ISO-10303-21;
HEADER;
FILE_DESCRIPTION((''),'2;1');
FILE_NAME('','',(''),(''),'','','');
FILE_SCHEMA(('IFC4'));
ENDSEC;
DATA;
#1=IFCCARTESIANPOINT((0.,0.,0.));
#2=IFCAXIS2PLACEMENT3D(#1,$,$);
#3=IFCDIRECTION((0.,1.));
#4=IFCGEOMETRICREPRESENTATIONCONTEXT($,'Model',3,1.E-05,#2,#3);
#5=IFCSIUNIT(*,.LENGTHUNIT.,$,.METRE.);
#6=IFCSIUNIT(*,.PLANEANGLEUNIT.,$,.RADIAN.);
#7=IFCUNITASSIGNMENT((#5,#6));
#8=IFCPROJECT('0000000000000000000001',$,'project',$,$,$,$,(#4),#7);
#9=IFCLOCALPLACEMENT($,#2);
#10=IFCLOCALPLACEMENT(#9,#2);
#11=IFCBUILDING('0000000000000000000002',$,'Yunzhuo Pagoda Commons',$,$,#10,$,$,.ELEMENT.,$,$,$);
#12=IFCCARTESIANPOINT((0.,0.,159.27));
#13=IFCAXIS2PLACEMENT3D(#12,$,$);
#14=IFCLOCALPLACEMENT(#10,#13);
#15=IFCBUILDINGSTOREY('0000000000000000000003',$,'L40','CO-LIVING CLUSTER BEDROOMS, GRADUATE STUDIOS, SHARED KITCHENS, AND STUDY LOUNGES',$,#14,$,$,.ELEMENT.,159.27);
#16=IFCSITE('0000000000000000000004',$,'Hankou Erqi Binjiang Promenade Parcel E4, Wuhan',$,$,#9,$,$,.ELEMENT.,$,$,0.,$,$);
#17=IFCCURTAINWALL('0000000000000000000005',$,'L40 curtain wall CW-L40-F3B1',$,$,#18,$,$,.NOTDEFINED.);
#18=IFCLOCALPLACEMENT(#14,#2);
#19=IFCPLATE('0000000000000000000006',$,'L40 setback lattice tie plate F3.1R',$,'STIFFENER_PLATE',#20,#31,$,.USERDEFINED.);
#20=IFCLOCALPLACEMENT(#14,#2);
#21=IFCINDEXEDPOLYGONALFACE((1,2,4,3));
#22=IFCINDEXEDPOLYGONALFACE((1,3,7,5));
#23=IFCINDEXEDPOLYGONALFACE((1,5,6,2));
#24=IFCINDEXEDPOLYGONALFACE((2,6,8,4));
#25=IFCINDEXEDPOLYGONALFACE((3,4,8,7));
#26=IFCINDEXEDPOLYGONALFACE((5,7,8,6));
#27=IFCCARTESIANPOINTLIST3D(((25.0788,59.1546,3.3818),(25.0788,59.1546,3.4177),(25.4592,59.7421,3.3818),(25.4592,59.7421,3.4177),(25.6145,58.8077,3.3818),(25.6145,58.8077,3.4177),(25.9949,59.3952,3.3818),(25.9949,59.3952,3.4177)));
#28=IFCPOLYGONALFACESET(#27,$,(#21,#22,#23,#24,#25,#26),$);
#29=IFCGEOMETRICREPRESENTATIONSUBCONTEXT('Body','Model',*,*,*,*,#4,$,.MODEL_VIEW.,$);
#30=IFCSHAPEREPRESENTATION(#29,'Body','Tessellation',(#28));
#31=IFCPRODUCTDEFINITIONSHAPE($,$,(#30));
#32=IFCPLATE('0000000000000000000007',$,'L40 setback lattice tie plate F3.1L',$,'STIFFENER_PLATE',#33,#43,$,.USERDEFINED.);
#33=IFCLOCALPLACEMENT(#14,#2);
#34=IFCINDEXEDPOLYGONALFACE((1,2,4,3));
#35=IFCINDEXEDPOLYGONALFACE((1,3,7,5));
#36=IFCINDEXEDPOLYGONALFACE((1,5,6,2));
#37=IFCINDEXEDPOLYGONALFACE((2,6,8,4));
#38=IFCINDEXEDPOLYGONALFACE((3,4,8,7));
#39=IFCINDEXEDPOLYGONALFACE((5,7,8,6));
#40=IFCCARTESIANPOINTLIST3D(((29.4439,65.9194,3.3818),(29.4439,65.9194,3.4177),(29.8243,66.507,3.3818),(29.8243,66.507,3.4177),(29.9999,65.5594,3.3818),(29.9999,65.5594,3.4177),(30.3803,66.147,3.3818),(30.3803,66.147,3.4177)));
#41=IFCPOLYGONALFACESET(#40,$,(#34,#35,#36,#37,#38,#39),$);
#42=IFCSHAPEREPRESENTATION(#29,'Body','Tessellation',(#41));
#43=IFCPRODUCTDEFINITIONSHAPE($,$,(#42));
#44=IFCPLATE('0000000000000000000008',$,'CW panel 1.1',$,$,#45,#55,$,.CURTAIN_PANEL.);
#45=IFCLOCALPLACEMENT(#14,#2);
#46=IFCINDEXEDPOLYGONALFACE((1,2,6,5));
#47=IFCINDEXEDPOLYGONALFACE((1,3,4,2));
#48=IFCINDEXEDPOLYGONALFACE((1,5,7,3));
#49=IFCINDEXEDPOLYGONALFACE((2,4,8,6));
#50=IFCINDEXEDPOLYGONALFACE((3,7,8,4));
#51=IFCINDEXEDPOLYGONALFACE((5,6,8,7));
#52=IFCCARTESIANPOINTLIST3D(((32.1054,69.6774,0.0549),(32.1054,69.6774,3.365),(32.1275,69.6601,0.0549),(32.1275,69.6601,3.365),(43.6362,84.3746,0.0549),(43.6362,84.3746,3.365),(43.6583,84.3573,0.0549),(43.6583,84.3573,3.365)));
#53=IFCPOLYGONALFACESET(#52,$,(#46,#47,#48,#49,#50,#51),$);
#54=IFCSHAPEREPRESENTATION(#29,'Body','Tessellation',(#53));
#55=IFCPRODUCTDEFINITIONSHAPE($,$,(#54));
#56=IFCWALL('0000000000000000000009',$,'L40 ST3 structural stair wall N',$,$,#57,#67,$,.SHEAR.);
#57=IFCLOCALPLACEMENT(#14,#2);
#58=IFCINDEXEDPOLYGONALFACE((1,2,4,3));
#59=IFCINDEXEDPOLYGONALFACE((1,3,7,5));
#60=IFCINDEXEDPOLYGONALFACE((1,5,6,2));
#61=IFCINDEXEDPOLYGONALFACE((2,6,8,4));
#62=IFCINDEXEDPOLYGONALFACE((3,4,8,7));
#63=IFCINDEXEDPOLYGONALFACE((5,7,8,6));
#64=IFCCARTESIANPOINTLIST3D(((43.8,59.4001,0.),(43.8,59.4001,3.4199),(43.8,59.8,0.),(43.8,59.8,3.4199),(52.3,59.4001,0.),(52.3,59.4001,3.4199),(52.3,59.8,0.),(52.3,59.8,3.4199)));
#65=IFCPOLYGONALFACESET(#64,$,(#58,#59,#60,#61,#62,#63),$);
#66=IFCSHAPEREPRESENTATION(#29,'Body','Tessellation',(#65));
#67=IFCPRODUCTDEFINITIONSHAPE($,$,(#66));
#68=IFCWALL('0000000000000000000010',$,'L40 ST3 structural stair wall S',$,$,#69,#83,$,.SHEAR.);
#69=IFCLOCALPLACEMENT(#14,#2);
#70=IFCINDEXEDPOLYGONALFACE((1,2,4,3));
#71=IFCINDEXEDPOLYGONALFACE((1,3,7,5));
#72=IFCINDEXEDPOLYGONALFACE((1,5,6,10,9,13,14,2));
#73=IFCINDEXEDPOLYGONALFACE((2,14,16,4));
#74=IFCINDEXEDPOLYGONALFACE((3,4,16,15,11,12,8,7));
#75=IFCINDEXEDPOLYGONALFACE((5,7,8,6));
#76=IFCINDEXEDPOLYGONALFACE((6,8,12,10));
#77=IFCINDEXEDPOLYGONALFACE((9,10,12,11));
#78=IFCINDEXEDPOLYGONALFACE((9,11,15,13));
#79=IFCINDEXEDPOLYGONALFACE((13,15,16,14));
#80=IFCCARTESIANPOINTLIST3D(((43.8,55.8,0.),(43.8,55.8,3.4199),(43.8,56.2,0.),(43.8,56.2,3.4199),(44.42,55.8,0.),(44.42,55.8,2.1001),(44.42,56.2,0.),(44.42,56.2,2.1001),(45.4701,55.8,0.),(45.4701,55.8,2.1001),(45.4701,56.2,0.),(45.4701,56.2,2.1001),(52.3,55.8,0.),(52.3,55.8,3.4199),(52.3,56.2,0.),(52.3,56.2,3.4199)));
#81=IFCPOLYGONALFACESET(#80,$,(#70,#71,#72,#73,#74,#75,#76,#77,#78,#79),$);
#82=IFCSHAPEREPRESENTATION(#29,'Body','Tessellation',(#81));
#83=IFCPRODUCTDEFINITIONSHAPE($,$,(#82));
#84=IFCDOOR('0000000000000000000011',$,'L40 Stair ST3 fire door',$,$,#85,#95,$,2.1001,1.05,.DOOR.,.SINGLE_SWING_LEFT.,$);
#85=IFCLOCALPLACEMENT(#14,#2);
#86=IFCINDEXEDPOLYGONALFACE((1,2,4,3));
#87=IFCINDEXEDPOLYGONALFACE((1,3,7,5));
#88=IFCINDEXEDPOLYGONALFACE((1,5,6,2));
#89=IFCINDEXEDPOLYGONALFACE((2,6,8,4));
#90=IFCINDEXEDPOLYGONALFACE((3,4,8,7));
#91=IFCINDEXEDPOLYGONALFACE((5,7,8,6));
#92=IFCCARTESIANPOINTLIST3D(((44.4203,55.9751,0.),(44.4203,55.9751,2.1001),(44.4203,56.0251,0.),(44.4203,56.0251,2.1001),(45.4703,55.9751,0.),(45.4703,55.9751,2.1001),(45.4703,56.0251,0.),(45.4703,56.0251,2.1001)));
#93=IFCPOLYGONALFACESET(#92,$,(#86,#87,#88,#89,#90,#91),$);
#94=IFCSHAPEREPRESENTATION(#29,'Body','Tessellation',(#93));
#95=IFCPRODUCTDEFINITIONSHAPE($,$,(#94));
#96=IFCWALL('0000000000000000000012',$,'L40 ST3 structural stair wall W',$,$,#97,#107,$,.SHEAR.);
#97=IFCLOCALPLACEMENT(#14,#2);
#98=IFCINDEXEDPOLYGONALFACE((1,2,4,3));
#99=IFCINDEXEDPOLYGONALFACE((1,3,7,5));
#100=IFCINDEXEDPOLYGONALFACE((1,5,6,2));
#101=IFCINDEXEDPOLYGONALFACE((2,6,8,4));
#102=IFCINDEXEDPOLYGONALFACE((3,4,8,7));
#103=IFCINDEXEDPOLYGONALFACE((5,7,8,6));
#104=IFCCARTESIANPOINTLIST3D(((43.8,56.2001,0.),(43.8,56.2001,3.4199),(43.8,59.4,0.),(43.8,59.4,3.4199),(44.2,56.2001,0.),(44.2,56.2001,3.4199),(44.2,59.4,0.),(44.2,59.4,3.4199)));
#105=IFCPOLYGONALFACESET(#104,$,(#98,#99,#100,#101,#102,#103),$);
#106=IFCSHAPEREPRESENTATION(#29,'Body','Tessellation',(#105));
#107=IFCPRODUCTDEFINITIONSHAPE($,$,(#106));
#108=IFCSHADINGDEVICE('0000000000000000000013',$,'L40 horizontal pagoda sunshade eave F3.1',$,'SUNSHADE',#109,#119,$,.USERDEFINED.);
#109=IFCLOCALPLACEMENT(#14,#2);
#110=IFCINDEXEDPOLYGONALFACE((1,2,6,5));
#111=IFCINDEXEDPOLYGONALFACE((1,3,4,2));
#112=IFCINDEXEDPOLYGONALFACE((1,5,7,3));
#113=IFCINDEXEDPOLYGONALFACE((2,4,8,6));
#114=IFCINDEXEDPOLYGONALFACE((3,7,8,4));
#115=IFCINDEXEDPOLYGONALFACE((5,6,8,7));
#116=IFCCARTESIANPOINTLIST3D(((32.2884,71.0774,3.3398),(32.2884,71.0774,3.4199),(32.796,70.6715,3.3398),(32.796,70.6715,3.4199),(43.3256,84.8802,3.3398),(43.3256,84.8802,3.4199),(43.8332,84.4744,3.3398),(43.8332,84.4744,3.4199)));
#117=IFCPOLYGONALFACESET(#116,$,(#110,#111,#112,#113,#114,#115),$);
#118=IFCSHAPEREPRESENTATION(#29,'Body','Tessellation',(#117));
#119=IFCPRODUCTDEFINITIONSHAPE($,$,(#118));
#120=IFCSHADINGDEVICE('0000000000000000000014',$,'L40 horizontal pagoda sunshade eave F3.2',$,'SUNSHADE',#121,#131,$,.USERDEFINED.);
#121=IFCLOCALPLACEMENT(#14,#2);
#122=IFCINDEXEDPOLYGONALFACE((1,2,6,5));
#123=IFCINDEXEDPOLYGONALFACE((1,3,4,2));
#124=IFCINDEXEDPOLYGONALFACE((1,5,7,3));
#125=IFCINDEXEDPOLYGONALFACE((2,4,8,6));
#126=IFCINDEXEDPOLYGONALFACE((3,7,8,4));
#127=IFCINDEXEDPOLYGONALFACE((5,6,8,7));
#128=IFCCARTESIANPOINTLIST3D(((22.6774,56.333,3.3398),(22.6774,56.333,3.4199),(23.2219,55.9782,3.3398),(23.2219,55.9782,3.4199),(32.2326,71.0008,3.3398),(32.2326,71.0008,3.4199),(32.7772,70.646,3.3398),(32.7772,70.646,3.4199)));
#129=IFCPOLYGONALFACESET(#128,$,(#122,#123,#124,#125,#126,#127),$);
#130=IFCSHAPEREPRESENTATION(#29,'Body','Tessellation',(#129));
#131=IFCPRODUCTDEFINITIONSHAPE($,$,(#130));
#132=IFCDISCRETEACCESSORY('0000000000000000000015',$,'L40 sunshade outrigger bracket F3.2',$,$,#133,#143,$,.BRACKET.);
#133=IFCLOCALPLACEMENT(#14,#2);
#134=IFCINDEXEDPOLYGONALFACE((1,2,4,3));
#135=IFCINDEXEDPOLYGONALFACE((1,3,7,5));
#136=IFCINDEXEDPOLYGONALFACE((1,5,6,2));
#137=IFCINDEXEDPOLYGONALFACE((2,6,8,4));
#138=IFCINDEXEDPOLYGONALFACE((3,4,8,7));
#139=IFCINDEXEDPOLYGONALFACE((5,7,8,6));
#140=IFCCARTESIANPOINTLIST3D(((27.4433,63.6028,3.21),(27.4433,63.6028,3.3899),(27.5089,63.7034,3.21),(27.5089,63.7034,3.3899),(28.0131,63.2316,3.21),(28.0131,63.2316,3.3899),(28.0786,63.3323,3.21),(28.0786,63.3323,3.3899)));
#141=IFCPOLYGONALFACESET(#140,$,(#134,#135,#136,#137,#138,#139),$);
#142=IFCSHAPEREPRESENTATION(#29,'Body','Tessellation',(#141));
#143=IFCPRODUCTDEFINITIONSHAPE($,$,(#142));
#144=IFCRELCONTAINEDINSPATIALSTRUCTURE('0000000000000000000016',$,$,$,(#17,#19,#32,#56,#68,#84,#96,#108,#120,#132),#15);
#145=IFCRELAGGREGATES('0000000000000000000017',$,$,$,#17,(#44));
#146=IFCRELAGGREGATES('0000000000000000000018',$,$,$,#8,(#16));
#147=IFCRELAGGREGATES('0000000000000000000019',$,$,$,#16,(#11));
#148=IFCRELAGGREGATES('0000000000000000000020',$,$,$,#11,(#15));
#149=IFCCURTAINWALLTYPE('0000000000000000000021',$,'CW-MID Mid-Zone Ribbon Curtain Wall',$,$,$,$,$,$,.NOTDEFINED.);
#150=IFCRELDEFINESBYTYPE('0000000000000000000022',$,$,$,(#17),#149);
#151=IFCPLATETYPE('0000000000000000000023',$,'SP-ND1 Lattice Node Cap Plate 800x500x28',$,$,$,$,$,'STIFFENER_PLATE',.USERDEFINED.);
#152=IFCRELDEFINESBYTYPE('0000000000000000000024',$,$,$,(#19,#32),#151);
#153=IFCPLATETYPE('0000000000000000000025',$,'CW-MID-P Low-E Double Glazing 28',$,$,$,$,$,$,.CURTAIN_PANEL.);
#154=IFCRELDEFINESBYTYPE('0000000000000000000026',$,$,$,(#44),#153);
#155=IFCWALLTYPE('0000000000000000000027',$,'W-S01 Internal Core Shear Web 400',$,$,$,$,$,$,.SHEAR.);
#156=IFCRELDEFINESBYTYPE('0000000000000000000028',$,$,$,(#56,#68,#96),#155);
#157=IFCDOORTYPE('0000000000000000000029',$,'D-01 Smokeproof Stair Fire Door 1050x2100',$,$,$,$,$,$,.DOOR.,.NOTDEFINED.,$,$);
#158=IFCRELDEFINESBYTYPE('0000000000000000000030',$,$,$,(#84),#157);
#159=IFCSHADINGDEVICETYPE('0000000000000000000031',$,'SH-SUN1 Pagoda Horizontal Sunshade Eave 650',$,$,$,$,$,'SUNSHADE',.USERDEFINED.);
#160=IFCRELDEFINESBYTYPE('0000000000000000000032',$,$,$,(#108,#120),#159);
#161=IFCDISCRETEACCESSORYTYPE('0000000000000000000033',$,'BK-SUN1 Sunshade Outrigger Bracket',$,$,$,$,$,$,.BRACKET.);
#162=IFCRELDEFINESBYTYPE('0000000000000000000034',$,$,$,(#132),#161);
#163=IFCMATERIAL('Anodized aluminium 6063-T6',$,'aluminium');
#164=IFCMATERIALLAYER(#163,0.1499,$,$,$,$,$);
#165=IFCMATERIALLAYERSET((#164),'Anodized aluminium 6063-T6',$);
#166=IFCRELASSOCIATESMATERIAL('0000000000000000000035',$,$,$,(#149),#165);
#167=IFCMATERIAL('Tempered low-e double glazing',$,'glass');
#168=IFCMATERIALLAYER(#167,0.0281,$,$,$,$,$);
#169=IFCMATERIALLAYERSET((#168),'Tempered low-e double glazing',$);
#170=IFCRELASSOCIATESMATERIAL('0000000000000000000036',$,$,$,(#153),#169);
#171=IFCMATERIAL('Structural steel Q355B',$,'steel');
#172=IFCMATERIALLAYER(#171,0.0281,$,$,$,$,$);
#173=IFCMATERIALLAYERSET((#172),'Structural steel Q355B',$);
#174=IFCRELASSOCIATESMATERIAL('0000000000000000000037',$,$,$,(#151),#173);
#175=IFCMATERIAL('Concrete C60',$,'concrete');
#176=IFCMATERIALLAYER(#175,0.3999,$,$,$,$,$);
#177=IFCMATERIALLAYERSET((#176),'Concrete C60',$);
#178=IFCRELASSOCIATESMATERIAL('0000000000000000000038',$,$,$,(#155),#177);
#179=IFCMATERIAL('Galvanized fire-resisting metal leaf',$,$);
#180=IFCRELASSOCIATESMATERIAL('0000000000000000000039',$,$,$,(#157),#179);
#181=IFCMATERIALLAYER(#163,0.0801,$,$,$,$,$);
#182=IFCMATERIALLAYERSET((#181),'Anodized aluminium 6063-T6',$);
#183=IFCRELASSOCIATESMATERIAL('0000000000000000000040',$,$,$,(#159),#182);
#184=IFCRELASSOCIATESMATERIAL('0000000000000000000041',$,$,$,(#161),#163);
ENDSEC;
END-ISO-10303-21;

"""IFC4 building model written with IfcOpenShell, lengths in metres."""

from ifc_helpers import new_model, si_unit, direction, frame, frame_2d, origin, origin_2d, place, context, subcontext, project, spatial, rectangle, extrude, source, transform, mapped, material, layer, layer_set, type_object, element, fill, aggregate, save


model = new_model("IFC4")

# Units and contexts
model_context = context("Model", 3, precision=1e-05, world=origin(), true_north=direction((0.0, 1.0)))
body_context = subcontext(model_context, "Body", "Model", "MODEL_VIEW")
ifc_project = project(units=[si_unit("LENGTHUNIT", "METRE"), si_unit("PLANEANGLEUNIT", "RADIAN")], contexts=[model_context])

# Site, building, storey
site_placement = place(None, origin())
site = spatial("IfcSite", under=ifc_project, at=site_placement, Name="Hankou Erqi Binjiang Promenade Parcel E4, Wuhan", CompositionType="ELEMENT", RefElevation=0.0)
building_placement = place(site_placement, origin())
building = spatial("IfcBuilding", under=site, at=building_placement, Name="Yunzhuo Pagoda Commons", CompositionType="ELEMENT")
storey_placement = place(building_placement, frame((0.0, 0.0, 159.27)))
storey = spatial("IfcBuildingStorey", under=building, at=storey_placement, Name="L40", Description="CO-LIVING CLUSTER BEDROOMS, GRADUATE STUDIOS, SHARED KITCHENS, AND STUDY LOUNGES", CompositionType="ELEMENT", Elevation=159.27)

# Shared definitions
ifc_material_1 = material(Name="Structural steel Q355B", Category="steel")

# Curtain wall
ifc_material_2 = material(Name="Anodized aluminium 6063-T6", Category="aluminium")
ifc_layer_1 = layer(ifc_material_2, 0.1499)
ifc_layer_set_1 = layer_set([ifc_layer_1], Name="Anodized aluminium 6063-T6")
curtain_wall_type = type_object("IfcCurtainWallType", Name="CW-MID Mid-Zone Ribbon Curtain Wall", PredefinedType="NOTDEFINED", material=ifc_layer_set_1)
curtain_wall_1_placement = place(storey_placement, origin())
curtain_wall_1 = element("IfcCurtainWall", 1, at=curtain_wall_1_placement, inside=storey, type_object=curtain_wall_type, Name="L40 curtain wall CW-L40-F3B1", PredefinedType="NOTDEFINED")

# Shared definitions
ifc_material_3 = material(Name="Tempered low-e double glazing", Category="glass")
ifc_layer_2 = layer(ifc_material_3, 0.0281)
ifc_layer_set_2 = layer_set([ifc_layer_2], Name="Tempered low-e double glazing")
plate_type_1 = type_object("IfcPlateType", Name="CW-MID-P Low-E Double Glazing 28", PredefinedType="CURTAIN_PANEL", material=ifc_layer_set_2)

# Plates
ifc_layer_3 = layer(ifc_material_1, 0.0281)
ifc_layer_set_3 = layer_set([ifc_layer_3], Name="Structural steel Q355B")
plate_type_2 = type_object("IfcPlateType", Name="SP-ND1 Lattice Node Cap Plate 800x500x28", ElementType="STIFFENER_PLATE", PredefinedType="USERDEFINED", material=ifc_layer_set_3)
shared_shape_1 = source(origin(), body_context, "Body", "SweptSolid", [
    extrude(rectangle(XDim=0.7, YDim=0.6382, at=origin_2d()), origin(), (0.0, 0.0, 1.0), 0.0359),
])
plate_1_placement = place(storey_placement, frame((25.5369, 59.2749, 3.3818), z_axis=(0.0, 0.0, 1.0), x_axis=(-0.543526, -0.839392, 0.0)))
element("IfcPlate", 2, at=plate_1_placement, inside=storey, type_object=plate_type_2, Name="L40 setback lattice tie plate F3.1R", ObjectType="STIFFENER_PLATE", PredefinedType="USERDEFINED", context=body_context, shape_type="MappedRepresentation", body=[
    mapped(shared_shape_1, transform((0.0, 0.0, 0.0), scale=1.0)),
])
shared_shape_2 = source(origin(), body_context, "Body", "SweptSolid", [
    extrude(rectangle(XDim=0.7, YDim=0.6624, at=origin_2d()), origin(), (0.0, 0.0, 1.0), 0.0359),
])
plate_2_placement = place(storey_placement, frame((29.9121, 66.0332, 3.3818), z_axis=(0.0, 0.0, 1.0), x_axis=(-0.543526, -0.839392, 0.0)))
element("IfcPlate", 3, at=plate_2_placement, inside=storey, type_object=plate_type_2, Name="L40 setback lattice tie plate F3.1L", ObjectType="STIFFENER_PLATE", PredefinedType="USERDEFINED", context=body_context, shape_type="MappedRepresentation", body=[
    mapped(shared_shape_2, transform((0.0, 0.0, 0.0), scale=1.0)),
])

# Plate
shared_shape_3 = source(origin(), body_context, "Body", "SweptSolid", [
    extrude(rectangle(XDim=18.6807, YDim=0.0281, at=origin_2d()), origin(), (0.0, 0.0, 1.0), 3.3101),
])
plate_3_placement = place(storey_placement, frame((37.8818, 77.0173, 0.0549), z_axis=(0.0, 0.0, 1.0), x_axis=(-0.61726, -0.786759, 0.0)))
plate_3 = element("IfcPlate", 4, at=plate_3_placement, type_object=plate_type_1, Name="CW panel 1.1", PredefinedType="CURTAIN_PANEL", context=body_context, shape_type="MappedRepresentation", body=[
    mapped(shared_shape_3, transform((0.0, 0.0, 0.0), scale=1.0)),
])
aggregate(curtain_wall_1, [plate_3])

# Wall
ifc_material_4 = material(Name="Concrete C60", Category="concrete")
ifc_layer_4 = layer(ifc_material_4, 0.3999)
ifc_layer_set_4 = layer_set([ifc_layer_4], Name="Concrete C60")
wall_type = type_object("IfcWallType", Name="W-S01 Internal Core Shear Web 400", PredefinedType="SHEAR", material=ifc_layer_set_4)
wall_1_placement = place(storey_placement, frame((43.8, 59.6001, 0.0), z_axis=(0.0, 0.0, 1.0), x_axis=(1.0, 0.0, 0.0)))
element("IfcWall", 5, at=wall_1_placement, inside=storey, type_object=wall_type, Name="L40 ST3 structural stair wall N", PredefinedType="SHEAR", context=body_context, shape_type="SweptSolid", body=[
    extrude(rectangle(XDim=8.5, YDim=0.3999, at=frame_2d((4.25, 0.0))), origin(), (0.0, 0.0, 1.0), 3.4199),
])

# Wall, opening, door
wall_2_placement = place(storey_placement, frame((43.8, 56.0, 0.0), z_axis=(0.0, 0.0, 1.0), x_axis=(1.0, 0.0, 0.0)))
wall_2 = element("IfcWall", 6, at=wall_2_placement, inside=storey, type_object=wall_type, Name="L40 ST3 structural stair wall S", PredefinedType="SHEAR", context=body_context, shape_type="SweptSolid", body=[
    extrude(rectangle(XDim=8.5, YDim=0.3999, at=frame_2d((4.25, 0.0))), origin(), (0.0, 0.0, 1.0), 3.4199),
])
opening_placement = place(wall_2_placement, frame((0.6201, 0.0, 0.0)))
opening = element("IfcOpeningElement", 7, at=opening_placement, cuts=wall_2, PredefinedType="OPENING", context=body_context, shape_type="SweptSolid", body=[
    extrude(rectangle(XDim=1.05, YDim=2.1001, at=frame_2d((0.5249, 1.05))), frame((0.0, 0.21, 0.0), z_axis=(0.0, -1.0, 0.0), x_axis=(1.0, 0.0, 0.0)), (0.0, 0.0, 1.0), 0.4199),
])
ifc_material_5 = material(Name="Galvanized fire-resisting metal leaf")
door_type = type_object("IfcDoorType", Name="D-01 Smokeproof Stair Fire Door 1050x2100", OperationType="NOTDEFINED", PredefinedType="DOOR", material=ifc_material_5)
shared_shape_4 = source(origin(), body_context, "Body", "SweptSolid", [
    extrude(rectangle(XDim=1.05, YDim=2.1001, at=frame_2d((0.5249, 1.05))), frame((0.0, 0.0249, 0.0), z_axis=(0.0, -1.0, 0.0), x_axis=(1.0, 0.0, 0.0)), (0.0, 0.0, 1.0), 0.05),
])
door_placement = place(opening_placement, frame((1.05, 0.0, 0.0), z_axis=(0.0, 0.0, 1.0), x_axis=(-1.0, 0.0, 0.0)))
door = element("IfcDoor", 8, at=door_placement, inside=storey, type_object=door_type, Name="L40 Stair ST3 fire door", OperationType="SINGLE_SWING_LEFT", OverallHeight=2.1001, OverallWidth=1.05, PredefinedType="DOOR", context=body_context, shape_type="MappedRepresentation", body=[
    mapped(shared_shape_4, transform((0.0, 0.0, 0.0), scale=1.0)),
])
fill(opening, door)

# Wall
wall_3_placement = place(storey_placement, frame((44.0, 56.2, 0.0), z_axis=(0.0, 0.0, 1.0), x_axis=(0.0, 1.0, 0.0)))
element("IfcWall", 9, at=wall_3_placement, inside=storey, type_object=wall_type, Name="L40 ST3 structural stair wall W", PredefinedType="SHEAR", context=body_context, shape_type="SweptSolid", body=[
    extrude(rectangle(XDim=3.2, YDim=0.3999, at=frame_2d((1.6001, 0.0))), origin(), (0.0, 0.0, 1.0), 3.4199),
])

# Shading devices
ifc_layer_5 = layer(ifc_material_2, 0.0801)
ifc_layer_set_5 = layer_set([ifc_layer_5], Name="Anodized aluminium 6063-T6")
shading_device_type = type_object("IfcShadingDeviceType", Name="SH-SUN1 Pagoda Horizontal Sunshade Eave 650", ElementType="SUNSHADE", PredefinedType="USERDEFINED", material=ifc_layer_set_5)
shared_shape_5 = source(origin(), body_context, "Body", "SweptSolid", [
    extrude(rectangle(XDim=17.6731, YDim=0.6499, at=origin_2d()), origin(), (0.0, 0.0, 1.0), 0.0801),
])
shading_device_1_placement = place(storey_placement, frame((38.0608, 77.7759, 3.3398), z_axis=(0.0, 0.0, 1.0), x_axis=(-0.62452, -0.781008, 0.0)))
element("IfcShadingDevice", 10, at=shading_device_1_placement, inside=storey, type_object=shading_device_type, Name="L40 horizontal pagoda sunshade eave F3.1", ObjectType="SUNSHADE", PredefinedType="USERDEFINED", context=body_context, shape_type="MappedRepresentation", body=[
    mapped(shared_shape_5, transform((0.0, 0.0, 0.0), scale=1.0)),
])
shared_shape_6 = source(origin(), body_context, "Body", "SweptSolid", [
    extrude(rectangle(XDim=17.5056, YDim=0.6499, at=origin_2d()), origin(), (0.0, 0.0, 1.0), 0.0801),
])
shading_device_2_placement = place(storey_placement, frame((27.7273, 63.4895, 3.3398), z_axis=(0.0, 0.0, 1.0), x_axis=(-0.545839, -0.83789, 0.0)))
element("IfcShadingDevice", 11, at=shading_device_2_placement, inside=storey, type_object=shading_device_type, Name="L40 horizontal pagoda sunshade eave F3.2", ObjectType="SUNSHADE", PredefinedType="USERDEFINED", context=body_context, shape_type="MappedRepresentation", body=[
    mapped(shared_shape_6, transform((0.0, 0.0, 0.0), scale=1.0)),
])

# Discrete accessory
discrete_accessory_type = type_object("IfcDiscreteAccessoryType", Name="BK-SUN1 Sunshade Outrigger Bracket", PredefinedType="BRACKET", material=ifc_material_2)
shared_shape_7 = source(origin(), body_context, "Body", "SweptSolid", [
    extrude(rectangle(XDim=0.1201, YDim=0.6799, at=origin_2d()), origin(), (0.0, 0.0, 1.0), 0.1799),
])
discrete_accessory_placement = place(storey_placement, frame((27.761, 63.4675, 3.21), z_axis=(0.0, 0.0, 1.0), x_axis=(-0.545839, -0.83789, 0.0)))
element("IfcDiscreteAccessory", 12, at=discrete_accessory_placement, inside=storey, type_object=discrete_accessory_type, Name="L40 sunshade outrigger bracket F3.2", PredefinedType="BRACKET", context=body_context, shape_type="MappedRepresentation", body=[
    mapped(shared_shape_7, transform((0.0, 0.0, 0.0), scale=1.0)),
])

save(model, "model.ifc")
